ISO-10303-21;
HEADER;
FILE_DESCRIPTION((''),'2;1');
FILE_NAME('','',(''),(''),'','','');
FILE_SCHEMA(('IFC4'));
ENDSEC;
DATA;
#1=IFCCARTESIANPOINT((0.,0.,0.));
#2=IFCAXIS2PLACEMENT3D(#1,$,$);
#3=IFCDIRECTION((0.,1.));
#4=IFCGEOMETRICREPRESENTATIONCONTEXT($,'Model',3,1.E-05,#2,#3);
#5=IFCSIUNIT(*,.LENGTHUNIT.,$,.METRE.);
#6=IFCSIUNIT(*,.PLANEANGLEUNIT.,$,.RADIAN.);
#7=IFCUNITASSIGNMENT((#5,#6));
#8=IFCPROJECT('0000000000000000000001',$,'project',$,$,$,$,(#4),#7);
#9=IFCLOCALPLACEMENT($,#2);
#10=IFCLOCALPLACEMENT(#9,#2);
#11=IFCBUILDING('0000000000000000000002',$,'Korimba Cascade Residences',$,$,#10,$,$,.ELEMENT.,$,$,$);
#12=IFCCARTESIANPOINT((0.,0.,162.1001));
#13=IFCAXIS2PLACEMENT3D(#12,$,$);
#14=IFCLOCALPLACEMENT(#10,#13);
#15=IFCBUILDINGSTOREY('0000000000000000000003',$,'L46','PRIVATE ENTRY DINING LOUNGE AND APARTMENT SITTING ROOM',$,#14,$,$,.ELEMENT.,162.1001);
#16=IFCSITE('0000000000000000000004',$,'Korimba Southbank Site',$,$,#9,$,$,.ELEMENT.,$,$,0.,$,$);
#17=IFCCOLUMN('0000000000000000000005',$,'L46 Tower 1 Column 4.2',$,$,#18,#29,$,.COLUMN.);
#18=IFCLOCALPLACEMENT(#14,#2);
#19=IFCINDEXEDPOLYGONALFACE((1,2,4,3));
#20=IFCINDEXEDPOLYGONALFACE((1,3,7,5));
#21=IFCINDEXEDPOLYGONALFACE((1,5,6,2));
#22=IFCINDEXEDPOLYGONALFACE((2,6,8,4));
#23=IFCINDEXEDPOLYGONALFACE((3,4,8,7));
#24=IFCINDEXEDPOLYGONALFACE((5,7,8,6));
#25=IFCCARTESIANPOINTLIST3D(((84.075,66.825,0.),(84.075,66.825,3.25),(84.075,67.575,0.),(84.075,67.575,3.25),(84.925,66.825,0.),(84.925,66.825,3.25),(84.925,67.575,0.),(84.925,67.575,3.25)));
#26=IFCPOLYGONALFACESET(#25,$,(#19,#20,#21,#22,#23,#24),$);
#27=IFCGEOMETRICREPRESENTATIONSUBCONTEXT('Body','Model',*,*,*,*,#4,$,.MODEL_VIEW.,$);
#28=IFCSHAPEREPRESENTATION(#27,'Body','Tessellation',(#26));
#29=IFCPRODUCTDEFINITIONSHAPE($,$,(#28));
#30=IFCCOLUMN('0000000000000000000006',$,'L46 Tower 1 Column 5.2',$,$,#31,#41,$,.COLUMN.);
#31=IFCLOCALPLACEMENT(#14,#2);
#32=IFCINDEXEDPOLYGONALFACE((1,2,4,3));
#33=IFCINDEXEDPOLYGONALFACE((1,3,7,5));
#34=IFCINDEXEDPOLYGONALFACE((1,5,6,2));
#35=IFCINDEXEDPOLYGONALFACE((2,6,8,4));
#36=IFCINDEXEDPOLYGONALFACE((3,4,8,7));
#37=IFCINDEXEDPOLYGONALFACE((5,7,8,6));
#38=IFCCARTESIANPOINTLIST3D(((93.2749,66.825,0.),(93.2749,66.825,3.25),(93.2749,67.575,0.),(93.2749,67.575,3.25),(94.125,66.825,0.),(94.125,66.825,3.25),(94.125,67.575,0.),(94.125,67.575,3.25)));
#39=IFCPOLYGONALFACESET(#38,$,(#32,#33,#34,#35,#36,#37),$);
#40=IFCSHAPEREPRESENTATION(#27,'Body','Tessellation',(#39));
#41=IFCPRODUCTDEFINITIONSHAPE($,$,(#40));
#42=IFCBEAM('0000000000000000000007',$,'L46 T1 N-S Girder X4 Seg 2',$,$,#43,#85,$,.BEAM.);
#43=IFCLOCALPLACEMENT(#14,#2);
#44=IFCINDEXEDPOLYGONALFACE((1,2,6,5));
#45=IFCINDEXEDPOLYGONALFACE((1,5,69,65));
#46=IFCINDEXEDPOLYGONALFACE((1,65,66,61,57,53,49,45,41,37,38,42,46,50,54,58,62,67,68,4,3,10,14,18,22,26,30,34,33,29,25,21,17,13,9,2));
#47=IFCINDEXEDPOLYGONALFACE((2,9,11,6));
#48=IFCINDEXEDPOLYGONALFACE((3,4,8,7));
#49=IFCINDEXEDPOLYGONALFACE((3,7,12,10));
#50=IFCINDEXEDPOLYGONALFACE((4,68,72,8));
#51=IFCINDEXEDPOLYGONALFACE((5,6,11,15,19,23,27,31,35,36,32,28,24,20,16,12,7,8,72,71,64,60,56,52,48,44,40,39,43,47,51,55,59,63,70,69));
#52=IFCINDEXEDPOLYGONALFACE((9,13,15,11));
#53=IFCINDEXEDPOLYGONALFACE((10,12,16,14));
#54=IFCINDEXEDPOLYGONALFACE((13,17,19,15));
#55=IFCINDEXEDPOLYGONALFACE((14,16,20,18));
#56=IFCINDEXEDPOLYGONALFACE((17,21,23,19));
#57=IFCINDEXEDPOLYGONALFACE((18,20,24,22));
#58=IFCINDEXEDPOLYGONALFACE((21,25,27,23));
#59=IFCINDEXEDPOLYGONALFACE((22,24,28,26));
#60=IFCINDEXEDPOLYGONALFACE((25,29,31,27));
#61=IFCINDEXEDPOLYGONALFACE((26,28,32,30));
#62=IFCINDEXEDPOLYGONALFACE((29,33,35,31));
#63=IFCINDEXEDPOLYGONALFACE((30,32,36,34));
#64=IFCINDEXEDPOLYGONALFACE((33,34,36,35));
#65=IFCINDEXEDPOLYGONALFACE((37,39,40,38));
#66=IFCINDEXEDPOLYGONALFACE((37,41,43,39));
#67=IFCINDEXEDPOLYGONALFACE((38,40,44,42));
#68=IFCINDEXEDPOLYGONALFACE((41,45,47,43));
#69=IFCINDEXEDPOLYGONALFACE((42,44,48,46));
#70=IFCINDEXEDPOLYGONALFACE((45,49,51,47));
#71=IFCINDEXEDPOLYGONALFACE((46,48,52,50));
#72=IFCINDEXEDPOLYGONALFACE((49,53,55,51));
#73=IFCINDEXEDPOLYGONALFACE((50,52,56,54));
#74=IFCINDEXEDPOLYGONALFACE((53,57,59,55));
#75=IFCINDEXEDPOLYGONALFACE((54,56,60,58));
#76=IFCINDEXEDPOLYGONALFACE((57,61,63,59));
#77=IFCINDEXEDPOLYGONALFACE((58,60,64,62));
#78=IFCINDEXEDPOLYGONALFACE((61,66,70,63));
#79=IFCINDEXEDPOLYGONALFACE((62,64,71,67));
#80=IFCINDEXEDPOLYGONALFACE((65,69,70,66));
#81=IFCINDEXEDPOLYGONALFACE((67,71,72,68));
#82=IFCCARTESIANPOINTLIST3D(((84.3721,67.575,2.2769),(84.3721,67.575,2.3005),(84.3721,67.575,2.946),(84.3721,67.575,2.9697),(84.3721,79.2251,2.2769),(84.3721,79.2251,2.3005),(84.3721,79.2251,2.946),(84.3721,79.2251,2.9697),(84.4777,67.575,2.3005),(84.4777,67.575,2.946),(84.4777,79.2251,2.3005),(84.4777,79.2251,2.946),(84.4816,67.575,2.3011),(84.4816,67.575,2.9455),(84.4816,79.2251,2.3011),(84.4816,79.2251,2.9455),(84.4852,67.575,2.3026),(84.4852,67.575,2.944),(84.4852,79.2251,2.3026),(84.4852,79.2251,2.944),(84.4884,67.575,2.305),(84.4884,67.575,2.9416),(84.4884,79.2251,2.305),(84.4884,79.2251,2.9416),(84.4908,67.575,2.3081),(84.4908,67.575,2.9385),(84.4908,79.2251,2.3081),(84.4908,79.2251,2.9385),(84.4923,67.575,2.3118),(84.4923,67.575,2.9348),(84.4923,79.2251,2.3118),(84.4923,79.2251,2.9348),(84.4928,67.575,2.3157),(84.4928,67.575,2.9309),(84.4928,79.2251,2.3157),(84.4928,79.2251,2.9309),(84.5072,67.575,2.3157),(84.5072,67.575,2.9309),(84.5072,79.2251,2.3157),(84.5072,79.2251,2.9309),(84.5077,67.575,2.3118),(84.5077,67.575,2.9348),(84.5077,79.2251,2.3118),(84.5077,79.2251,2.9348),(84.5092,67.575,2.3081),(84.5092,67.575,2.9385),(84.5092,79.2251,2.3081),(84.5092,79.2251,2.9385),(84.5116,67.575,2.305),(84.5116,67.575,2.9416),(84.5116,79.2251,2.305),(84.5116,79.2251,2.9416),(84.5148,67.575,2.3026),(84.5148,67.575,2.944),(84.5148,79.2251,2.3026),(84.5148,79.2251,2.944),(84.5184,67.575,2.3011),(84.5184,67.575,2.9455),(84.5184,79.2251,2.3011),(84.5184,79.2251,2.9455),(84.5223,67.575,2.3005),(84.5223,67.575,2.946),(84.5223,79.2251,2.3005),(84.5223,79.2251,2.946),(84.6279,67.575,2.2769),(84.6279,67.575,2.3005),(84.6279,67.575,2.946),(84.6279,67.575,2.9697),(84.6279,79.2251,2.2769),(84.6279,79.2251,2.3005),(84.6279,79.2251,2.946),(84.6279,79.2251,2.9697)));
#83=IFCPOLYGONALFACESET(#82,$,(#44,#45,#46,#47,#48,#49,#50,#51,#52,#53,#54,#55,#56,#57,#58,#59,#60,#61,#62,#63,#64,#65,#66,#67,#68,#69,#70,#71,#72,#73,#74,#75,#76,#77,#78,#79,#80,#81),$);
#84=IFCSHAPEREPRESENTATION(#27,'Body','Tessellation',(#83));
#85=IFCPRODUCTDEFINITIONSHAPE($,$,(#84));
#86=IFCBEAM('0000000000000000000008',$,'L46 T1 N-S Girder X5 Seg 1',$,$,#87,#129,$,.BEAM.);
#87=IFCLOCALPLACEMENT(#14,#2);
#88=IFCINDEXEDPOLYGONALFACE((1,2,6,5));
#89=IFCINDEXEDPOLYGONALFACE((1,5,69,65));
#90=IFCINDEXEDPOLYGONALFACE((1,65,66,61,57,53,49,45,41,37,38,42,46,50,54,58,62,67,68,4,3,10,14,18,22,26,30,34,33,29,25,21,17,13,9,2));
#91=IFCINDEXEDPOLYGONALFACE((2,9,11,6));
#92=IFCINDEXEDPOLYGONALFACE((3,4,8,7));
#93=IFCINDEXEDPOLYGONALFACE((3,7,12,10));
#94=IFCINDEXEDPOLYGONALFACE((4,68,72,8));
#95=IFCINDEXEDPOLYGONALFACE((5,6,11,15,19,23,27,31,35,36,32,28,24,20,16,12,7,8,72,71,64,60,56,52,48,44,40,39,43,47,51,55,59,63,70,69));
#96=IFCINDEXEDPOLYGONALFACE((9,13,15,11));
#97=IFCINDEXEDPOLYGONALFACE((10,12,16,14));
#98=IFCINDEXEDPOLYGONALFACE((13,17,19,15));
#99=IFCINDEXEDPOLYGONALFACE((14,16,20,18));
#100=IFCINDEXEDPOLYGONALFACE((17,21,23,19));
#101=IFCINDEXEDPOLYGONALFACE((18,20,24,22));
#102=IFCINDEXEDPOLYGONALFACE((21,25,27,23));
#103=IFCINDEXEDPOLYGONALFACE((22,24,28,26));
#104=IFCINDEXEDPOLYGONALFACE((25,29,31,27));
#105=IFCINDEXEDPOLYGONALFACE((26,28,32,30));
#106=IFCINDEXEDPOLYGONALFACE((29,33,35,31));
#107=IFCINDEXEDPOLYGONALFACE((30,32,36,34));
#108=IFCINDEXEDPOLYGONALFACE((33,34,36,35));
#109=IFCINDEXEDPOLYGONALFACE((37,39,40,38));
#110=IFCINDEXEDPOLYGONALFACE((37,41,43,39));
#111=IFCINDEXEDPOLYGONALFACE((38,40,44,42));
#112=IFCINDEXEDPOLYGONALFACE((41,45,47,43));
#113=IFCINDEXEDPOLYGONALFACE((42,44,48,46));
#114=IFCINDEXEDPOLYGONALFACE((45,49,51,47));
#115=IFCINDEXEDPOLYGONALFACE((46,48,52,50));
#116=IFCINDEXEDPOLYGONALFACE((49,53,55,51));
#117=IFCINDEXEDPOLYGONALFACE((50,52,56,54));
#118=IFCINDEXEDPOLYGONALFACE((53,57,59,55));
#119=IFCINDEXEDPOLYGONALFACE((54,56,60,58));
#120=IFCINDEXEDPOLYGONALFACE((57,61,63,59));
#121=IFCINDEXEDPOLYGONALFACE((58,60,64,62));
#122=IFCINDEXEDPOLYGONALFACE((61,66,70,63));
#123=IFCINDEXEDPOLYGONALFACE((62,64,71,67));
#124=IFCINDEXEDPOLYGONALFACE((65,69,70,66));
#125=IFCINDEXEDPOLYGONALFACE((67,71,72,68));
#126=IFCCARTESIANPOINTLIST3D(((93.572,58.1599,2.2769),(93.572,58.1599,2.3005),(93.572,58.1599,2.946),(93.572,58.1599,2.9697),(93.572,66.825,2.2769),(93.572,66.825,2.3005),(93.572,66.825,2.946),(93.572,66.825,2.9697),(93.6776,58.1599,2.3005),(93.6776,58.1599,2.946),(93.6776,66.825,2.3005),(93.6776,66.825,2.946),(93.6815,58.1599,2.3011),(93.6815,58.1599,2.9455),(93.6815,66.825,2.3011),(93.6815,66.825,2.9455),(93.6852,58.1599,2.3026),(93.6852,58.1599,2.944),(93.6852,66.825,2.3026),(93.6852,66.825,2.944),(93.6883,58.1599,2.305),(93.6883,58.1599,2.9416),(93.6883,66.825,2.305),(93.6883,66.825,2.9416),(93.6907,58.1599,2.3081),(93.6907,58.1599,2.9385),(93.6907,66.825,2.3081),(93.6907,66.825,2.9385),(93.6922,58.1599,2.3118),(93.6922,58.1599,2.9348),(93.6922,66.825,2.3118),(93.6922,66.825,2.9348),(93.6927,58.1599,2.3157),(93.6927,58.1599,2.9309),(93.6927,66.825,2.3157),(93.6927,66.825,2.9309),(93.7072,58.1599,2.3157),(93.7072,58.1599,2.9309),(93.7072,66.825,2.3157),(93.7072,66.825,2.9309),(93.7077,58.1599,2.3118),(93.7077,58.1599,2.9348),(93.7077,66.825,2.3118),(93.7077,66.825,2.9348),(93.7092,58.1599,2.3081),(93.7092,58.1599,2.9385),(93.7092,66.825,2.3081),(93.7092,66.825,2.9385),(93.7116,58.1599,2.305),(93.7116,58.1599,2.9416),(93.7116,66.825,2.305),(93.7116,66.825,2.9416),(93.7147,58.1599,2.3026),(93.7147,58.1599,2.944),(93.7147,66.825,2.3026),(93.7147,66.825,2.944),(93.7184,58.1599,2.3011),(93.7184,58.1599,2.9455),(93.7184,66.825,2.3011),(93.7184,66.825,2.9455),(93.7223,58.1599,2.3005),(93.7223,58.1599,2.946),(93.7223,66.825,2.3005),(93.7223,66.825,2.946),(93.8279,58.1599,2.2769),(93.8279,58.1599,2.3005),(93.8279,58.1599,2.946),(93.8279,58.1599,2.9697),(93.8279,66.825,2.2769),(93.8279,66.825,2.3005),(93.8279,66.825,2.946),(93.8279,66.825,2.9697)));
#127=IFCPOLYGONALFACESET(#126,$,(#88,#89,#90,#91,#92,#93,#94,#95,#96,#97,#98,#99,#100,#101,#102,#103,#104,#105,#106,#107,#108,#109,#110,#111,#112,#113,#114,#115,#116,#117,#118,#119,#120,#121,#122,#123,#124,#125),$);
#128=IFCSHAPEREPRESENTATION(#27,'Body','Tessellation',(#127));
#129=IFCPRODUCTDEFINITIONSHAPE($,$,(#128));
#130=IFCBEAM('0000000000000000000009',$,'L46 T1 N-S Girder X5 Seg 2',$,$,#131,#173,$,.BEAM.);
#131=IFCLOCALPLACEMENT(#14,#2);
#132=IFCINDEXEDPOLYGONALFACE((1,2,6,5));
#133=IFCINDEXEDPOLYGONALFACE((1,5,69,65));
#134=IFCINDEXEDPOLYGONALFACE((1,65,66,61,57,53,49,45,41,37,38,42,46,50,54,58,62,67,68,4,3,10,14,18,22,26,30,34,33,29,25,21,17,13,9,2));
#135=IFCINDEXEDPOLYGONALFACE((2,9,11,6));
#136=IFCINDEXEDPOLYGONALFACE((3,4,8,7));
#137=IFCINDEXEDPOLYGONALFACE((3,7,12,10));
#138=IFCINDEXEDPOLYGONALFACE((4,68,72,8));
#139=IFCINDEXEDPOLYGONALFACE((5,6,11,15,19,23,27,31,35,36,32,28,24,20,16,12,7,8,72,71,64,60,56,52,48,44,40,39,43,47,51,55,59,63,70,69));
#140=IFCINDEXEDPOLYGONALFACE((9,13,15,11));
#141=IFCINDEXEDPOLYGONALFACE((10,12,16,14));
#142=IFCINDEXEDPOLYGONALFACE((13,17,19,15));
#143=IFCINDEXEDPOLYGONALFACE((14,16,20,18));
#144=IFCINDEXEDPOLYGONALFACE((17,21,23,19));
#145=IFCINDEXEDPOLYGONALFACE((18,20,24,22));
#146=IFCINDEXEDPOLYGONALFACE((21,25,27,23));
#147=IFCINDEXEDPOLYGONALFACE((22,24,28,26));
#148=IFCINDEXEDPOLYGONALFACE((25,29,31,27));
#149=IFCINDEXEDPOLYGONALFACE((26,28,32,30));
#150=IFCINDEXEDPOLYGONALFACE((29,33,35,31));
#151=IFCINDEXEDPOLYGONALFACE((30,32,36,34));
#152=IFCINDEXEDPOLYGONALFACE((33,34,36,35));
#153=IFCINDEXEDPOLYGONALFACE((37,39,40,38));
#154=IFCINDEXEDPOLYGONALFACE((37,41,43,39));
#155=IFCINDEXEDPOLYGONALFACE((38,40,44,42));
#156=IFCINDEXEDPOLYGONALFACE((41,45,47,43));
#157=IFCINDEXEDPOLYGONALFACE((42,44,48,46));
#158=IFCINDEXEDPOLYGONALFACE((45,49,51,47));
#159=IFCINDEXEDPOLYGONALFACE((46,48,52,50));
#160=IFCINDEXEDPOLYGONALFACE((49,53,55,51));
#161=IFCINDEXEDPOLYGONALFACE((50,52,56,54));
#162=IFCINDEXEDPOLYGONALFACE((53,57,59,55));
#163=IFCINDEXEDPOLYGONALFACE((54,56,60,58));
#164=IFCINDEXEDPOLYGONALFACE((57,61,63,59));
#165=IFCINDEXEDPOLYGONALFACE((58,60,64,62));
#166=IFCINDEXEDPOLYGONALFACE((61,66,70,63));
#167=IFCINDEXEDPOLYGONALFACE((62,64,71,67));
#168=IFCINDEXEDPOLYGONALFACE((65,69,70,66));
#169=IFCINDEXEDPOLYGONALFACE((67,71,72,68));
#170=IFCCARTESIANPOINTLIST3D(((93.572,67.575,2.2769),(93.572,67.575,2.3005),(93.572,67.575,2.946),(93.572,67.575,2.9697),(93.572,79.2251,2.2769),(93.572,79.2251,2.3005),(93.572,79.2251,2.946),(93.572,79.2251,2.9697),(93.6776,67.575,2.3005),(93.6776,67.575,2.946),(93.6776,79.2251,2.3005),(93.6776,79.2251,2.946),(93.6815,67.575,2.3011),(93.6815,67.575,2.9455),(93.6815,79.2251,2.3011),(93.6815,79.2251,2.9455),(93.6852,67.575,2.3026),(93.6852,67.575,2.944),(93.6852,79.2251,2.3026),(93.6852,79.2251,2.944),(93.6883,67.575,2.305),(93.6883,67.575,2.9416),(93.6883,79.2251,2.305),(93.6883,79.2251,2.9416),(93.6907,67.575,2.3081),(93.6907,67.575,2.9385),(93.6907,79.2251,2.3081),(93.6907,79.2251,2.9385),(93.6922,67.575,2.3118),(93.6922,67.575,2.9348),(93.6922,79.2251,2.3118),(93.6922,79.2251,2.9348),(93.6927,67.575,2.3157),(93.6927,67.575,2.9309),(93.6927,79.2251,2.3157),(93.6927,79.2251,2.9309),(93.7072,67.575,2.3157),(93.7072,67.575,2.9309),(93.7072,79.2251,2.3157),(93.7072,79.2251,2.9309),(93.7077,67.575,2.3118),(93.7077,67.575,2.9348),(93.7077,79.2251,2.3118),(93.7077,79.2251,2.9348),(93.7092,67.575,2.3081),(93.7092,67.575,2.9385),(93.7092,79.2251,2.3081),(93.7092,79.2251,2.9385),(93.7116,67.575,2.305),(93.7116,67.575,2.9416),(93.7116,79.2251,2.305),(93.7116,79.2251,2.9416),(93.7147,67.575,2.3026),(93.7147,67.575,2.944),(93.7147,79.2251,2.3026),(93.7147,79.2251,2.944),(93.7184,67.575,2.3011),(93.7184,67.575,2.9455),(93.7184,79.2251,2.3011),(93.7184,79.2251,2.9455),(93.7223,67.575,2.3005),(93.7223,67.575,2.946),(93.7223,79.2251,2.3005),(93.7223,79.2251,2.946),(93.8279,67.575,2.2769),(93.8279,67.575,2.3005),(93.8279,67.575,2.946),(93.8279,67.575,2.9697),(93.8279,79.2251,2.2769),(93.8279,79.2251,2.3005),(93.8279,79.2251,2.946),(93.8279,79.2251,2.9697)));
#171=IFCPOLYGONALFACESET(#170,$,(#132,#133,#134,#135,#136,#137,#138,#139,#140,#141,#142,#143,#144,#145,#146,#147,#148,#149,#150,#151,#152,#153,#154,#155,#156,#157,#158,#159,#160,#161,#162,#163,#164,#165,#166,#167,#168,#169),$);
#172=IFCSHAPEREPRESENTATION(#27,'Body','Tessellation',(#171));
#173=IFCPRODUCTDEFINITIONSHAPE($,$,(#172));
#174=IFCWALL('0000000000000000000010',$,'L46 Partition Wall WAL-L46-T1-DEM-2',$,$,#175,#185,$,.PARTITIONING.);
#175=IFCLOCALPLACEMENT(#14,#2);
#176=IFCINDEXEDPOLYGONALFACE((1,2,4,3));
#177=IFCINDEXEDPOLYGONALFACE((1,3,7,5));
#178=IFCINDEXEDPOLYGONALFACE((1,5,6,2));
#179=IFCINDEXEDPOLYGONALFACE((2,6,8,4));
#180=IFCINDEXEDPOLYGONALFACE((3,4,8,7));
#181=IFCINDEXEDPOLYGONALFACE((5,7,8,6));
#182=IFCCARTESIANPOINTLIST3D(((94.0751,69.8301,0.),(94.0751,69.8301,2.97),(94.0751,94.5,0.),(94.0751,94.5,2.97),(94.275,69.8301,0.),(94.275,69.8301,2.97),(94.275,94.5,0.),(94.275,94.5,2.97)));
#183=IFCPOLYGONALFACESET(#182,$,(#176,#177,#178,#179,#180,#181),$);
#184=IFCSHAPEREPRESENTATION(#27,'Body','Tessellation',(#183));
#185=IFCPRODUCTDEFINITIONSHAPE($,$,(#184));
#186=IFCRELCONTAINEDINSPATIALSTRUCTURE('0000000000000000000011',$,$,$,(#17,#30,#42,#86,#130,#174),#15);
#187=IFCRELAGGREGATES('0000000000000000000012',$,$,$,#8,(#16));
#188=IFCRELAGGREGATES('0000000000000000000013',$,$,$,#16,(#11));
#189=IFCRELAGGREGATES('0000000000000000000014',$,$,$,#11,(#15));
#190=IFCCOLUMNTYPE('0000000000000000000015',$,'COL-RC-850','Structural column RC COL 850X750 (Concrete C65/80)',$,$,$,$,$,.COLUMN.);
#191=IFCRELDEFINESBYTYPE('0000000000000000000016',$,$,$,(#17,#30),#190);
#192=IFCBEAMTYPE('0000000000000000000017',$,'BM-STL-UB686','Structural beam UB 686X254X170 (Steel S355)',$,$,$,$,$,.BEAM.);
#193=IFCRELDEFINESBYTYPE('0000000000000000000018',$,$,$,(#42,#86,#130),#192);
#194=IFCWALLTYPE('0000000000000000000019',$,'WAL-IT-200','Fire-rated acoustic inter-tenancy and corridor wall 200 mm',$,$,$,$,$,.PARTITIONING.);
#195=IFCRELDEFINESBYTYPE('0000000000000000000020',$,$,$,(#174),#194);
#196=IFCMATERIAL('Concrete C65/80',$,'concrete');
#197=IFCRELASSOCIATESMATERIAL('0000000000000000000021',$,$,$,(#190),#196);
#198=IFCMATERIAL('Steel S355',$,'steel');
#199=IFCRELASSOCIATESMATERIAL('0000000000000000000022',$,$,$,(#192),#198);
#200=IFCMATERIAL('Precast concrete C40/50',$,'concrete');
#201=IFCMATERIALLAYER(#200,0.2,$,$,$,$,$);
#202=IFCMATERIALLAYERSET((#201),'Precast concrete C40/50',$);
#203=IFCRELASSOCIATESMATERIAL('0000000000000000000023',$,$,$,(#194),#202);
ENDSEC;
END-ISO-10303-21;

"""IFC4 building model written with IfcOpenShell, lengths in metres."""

from ifc_helpers import new_model, si_unit, direction, frame, frame_2d, origin, origin_2d, place, context, subcontext, project, spatial, rectangle, i_section, extrude, material, layer, layer_set, material_profile, profile_set, type_object, element, save


model = new_model("IFC4")

# Units and contexts
model_context = context("Model", 3, precision=1e-05, world=origin(), true_north=direction((0.0, 1.0)))
body_context = subcontext(model_context, "Body", "Model", "MODEL_VIEW")
ifc_project = project(units=[si_unit("LENGTHUNIT", "METRE"), si_unit("PLANEANGLEUNIT", "RADIAN")], contexts=[model_context])

# Site, building, storey
site_placement = place(None, origin())
site = spatial("IfcSite", under=ifc_project, at=site_placement, Name="Korimba Southbank Site", CompositionType="ELEMENT", RefElevation=0.0)
building_placement = place(site_placement, origin())
building = spatial("IfcBuilding", under=site, at=building_placement, Name="Korimba Cascade Residences", CompositionType="ELEMENT")
storey_placement = place(building_placement, frame((0.0, 0.0, 162.1001)))
storey = spatial("IfcBuildingStorey", under=building, at=storey_placement, Name="L46", Description="PRIVATE ENTRY DINING LOUNGE AND APARTMENT SITTING ROOM", CompositionType="ELEMENT", Elevation=162.1001)

# Columns
ifc_material_1 = material(Name="Concrete C65/80", Category="concrete")
ifc_material_profile_1 = material_profile(ifc_material_1, rectangle(XDim=0.8501, YDim=0.75, at=origin_2d()), Name="Concrete C65/80")
ifc_profile_set_1 = profile_set([ifc_material_profile_1], Name="Concrete C65/80")
column_type = type_object("IfcColumnType", Name="COL-RC-850", Description="Structural column RC COL 850X750 (Concrete C65/80)", PredefinedType="COLUMN", material=ifc_profile_set_1)
for number, where, z_axis, x_axis, name in (
    (1, (84.5, 67.2, 0.0), (0.0, 0.0, 1.0), (1.0, 0.0, 0.0), "L46 Tower 1 Column 4.2"),
    (2, (93.7, 67.2, 0.0), (0.0, 0.0, 1.0), (1.0, 0.0, 0.0), "L46 Tower 1 Column 5.2"),
):
    element("IfcColumn", number, at=place(storey_placement, frame(where, z_axis=z_axis, x_axis=x_axis)), inside=storey, type_object=column_type, Name=name, PredefinedType="COLUMN", context=body_context, shape_type="SweptSolid", body=[
        extrude(rectangle(XDim=0.8501, YDim=0.75, at=origin_2d()), origin(), (0.0, 0.0, 1.0), 3.25),
    ])

# Beams
ifc_material_2 = material(Name="Steel S355", Category="steel")
ifc_material_profile_2 = material_profile(ifc_material_2, i_section(OverallWidth=0.2559, OverallDepth=0.6929, WebThickness=0.0144, FlangeThickness=0.0237, FilletRadius=0.0151, at=origin_2d()), Name="Steel S355")
ifc_profile_set_2 = profile_set([ifc_material_profile_2], Name="Steel S355")
beam_type = type_object("IfcBeamType", Name="BM-STL-UB686", Description="Structural beam UB 686X254X170 (Steel S355)", PredefinedType="BEAM", material=ifc_profile_set_2)
beam_1_placement = place(storey_placement, frame((84.5, 67.575, 2.6233), z_axis=(0.0, 1.0, 0.0), x_axis=(-1.0, 0.0, 0.0)))
element("IfcBeam", 3, at=beam_1_placement, inside=storey, type_object=beam_type, Name="L46 T1 N-S Girder X4 Seg 2", PredefinedType="BEAM", context=body_context, shape_type="SweptSolid", body=[
    extrude(i_section(OverallWidth=0.2559, OverallDepth=0.6929, WebThickness=0.0144, FlangeThickness=0.0237, FilletRadius=0.0151, at=origin_2d()), origin(), (0.0, 0.0, 1.0), 11.6501),
])
beam_2_placement = place(storey_placement, frame((93.7, 58.1599, 2.6233), z_axis=(0.0, 1.0, 0.0), x_axis=(-1.0, 0.0, 0.0)))
element("IfcBeam", 4, at=beam_2_placement, inside=storey, type_object=beam_type, Name="L46 T1 N-S Girder X5 Seg 1", PredefinedType="BEAM", context=body_context, shape_type="SweptSolid", body=[
    extrude(i_section(OverallWidth=0.2559, OverallDepth=0.6929, WebThickness=0.0144, FlangeThickness=0.0237, FilletRadius=0.0151, at=origin_2d()), origin(), (0.0, 0.0, 1.0), 8.665),
])
beam_3_placement = place(storey_placement, frame((93.7, 67.575, 2.6233), z_axis=(0.0, 1.0, 0.0), x_axis=(-1.0, 0.0, 0.0)))
element("IfcBeam", 5, at=beam_3_placement, inside=storey, type_object=beam_type, Name="L46 T1 N-S Girder X5 Seg 2", PredefinedType="BEAM", context=body_context, shape_type="SweptSolid", body=[
    extrude(i_section(OverallWidth=0.2559, OverallDepth=0.6929, WebThickness=0.0144, FlangeThickness=0.0237, FilletRadius=0.0151, at=origin_2d()), origin(), (0.0, 0.0, 1.0), 11.6501),
])

# Wall
ifc_material_3 = material(Name="Precast concrete C40/50", Category="concrete")
ifc_layer_1 = layer(ifc_material_3, 0.2)
ifc_layer_set_1 = layer_set([ifc_layer_1], Name="Precast concrete C40/50")
wall_type_1 = type_object("IfcWallType", Name="WAL-IT-200", Description="Fire-rated acoustic inter-tenancy and corridor wall 200 mm", PredefinedType="PARTITIONING", material=ifc_layer_set_1)
wall_1_placement = place(storey_placement, frame((94.175, 69.8301, 0.0), z_axis=(0.0, 0.0, 1.0), x_axis=(0.0, 1.0, 0.0)))
element("IfcWall", 6, at=wall_1_placement, inside=storey, type_object=wall_type_1, Name="L46 Partition Wall WAL-L46-T1-DEM-2", PredefinedType="PARTITIONING", context=body_context, shape_type="SweptSolid", body=[
    extrude(rectangle(XDim=24.6699, YDim=0.2, at=frame_2d((12.335, 0.0))), origin(), (0.0, 0.0, 1.0), 2.97),
])

save(model, "model.ifc")
